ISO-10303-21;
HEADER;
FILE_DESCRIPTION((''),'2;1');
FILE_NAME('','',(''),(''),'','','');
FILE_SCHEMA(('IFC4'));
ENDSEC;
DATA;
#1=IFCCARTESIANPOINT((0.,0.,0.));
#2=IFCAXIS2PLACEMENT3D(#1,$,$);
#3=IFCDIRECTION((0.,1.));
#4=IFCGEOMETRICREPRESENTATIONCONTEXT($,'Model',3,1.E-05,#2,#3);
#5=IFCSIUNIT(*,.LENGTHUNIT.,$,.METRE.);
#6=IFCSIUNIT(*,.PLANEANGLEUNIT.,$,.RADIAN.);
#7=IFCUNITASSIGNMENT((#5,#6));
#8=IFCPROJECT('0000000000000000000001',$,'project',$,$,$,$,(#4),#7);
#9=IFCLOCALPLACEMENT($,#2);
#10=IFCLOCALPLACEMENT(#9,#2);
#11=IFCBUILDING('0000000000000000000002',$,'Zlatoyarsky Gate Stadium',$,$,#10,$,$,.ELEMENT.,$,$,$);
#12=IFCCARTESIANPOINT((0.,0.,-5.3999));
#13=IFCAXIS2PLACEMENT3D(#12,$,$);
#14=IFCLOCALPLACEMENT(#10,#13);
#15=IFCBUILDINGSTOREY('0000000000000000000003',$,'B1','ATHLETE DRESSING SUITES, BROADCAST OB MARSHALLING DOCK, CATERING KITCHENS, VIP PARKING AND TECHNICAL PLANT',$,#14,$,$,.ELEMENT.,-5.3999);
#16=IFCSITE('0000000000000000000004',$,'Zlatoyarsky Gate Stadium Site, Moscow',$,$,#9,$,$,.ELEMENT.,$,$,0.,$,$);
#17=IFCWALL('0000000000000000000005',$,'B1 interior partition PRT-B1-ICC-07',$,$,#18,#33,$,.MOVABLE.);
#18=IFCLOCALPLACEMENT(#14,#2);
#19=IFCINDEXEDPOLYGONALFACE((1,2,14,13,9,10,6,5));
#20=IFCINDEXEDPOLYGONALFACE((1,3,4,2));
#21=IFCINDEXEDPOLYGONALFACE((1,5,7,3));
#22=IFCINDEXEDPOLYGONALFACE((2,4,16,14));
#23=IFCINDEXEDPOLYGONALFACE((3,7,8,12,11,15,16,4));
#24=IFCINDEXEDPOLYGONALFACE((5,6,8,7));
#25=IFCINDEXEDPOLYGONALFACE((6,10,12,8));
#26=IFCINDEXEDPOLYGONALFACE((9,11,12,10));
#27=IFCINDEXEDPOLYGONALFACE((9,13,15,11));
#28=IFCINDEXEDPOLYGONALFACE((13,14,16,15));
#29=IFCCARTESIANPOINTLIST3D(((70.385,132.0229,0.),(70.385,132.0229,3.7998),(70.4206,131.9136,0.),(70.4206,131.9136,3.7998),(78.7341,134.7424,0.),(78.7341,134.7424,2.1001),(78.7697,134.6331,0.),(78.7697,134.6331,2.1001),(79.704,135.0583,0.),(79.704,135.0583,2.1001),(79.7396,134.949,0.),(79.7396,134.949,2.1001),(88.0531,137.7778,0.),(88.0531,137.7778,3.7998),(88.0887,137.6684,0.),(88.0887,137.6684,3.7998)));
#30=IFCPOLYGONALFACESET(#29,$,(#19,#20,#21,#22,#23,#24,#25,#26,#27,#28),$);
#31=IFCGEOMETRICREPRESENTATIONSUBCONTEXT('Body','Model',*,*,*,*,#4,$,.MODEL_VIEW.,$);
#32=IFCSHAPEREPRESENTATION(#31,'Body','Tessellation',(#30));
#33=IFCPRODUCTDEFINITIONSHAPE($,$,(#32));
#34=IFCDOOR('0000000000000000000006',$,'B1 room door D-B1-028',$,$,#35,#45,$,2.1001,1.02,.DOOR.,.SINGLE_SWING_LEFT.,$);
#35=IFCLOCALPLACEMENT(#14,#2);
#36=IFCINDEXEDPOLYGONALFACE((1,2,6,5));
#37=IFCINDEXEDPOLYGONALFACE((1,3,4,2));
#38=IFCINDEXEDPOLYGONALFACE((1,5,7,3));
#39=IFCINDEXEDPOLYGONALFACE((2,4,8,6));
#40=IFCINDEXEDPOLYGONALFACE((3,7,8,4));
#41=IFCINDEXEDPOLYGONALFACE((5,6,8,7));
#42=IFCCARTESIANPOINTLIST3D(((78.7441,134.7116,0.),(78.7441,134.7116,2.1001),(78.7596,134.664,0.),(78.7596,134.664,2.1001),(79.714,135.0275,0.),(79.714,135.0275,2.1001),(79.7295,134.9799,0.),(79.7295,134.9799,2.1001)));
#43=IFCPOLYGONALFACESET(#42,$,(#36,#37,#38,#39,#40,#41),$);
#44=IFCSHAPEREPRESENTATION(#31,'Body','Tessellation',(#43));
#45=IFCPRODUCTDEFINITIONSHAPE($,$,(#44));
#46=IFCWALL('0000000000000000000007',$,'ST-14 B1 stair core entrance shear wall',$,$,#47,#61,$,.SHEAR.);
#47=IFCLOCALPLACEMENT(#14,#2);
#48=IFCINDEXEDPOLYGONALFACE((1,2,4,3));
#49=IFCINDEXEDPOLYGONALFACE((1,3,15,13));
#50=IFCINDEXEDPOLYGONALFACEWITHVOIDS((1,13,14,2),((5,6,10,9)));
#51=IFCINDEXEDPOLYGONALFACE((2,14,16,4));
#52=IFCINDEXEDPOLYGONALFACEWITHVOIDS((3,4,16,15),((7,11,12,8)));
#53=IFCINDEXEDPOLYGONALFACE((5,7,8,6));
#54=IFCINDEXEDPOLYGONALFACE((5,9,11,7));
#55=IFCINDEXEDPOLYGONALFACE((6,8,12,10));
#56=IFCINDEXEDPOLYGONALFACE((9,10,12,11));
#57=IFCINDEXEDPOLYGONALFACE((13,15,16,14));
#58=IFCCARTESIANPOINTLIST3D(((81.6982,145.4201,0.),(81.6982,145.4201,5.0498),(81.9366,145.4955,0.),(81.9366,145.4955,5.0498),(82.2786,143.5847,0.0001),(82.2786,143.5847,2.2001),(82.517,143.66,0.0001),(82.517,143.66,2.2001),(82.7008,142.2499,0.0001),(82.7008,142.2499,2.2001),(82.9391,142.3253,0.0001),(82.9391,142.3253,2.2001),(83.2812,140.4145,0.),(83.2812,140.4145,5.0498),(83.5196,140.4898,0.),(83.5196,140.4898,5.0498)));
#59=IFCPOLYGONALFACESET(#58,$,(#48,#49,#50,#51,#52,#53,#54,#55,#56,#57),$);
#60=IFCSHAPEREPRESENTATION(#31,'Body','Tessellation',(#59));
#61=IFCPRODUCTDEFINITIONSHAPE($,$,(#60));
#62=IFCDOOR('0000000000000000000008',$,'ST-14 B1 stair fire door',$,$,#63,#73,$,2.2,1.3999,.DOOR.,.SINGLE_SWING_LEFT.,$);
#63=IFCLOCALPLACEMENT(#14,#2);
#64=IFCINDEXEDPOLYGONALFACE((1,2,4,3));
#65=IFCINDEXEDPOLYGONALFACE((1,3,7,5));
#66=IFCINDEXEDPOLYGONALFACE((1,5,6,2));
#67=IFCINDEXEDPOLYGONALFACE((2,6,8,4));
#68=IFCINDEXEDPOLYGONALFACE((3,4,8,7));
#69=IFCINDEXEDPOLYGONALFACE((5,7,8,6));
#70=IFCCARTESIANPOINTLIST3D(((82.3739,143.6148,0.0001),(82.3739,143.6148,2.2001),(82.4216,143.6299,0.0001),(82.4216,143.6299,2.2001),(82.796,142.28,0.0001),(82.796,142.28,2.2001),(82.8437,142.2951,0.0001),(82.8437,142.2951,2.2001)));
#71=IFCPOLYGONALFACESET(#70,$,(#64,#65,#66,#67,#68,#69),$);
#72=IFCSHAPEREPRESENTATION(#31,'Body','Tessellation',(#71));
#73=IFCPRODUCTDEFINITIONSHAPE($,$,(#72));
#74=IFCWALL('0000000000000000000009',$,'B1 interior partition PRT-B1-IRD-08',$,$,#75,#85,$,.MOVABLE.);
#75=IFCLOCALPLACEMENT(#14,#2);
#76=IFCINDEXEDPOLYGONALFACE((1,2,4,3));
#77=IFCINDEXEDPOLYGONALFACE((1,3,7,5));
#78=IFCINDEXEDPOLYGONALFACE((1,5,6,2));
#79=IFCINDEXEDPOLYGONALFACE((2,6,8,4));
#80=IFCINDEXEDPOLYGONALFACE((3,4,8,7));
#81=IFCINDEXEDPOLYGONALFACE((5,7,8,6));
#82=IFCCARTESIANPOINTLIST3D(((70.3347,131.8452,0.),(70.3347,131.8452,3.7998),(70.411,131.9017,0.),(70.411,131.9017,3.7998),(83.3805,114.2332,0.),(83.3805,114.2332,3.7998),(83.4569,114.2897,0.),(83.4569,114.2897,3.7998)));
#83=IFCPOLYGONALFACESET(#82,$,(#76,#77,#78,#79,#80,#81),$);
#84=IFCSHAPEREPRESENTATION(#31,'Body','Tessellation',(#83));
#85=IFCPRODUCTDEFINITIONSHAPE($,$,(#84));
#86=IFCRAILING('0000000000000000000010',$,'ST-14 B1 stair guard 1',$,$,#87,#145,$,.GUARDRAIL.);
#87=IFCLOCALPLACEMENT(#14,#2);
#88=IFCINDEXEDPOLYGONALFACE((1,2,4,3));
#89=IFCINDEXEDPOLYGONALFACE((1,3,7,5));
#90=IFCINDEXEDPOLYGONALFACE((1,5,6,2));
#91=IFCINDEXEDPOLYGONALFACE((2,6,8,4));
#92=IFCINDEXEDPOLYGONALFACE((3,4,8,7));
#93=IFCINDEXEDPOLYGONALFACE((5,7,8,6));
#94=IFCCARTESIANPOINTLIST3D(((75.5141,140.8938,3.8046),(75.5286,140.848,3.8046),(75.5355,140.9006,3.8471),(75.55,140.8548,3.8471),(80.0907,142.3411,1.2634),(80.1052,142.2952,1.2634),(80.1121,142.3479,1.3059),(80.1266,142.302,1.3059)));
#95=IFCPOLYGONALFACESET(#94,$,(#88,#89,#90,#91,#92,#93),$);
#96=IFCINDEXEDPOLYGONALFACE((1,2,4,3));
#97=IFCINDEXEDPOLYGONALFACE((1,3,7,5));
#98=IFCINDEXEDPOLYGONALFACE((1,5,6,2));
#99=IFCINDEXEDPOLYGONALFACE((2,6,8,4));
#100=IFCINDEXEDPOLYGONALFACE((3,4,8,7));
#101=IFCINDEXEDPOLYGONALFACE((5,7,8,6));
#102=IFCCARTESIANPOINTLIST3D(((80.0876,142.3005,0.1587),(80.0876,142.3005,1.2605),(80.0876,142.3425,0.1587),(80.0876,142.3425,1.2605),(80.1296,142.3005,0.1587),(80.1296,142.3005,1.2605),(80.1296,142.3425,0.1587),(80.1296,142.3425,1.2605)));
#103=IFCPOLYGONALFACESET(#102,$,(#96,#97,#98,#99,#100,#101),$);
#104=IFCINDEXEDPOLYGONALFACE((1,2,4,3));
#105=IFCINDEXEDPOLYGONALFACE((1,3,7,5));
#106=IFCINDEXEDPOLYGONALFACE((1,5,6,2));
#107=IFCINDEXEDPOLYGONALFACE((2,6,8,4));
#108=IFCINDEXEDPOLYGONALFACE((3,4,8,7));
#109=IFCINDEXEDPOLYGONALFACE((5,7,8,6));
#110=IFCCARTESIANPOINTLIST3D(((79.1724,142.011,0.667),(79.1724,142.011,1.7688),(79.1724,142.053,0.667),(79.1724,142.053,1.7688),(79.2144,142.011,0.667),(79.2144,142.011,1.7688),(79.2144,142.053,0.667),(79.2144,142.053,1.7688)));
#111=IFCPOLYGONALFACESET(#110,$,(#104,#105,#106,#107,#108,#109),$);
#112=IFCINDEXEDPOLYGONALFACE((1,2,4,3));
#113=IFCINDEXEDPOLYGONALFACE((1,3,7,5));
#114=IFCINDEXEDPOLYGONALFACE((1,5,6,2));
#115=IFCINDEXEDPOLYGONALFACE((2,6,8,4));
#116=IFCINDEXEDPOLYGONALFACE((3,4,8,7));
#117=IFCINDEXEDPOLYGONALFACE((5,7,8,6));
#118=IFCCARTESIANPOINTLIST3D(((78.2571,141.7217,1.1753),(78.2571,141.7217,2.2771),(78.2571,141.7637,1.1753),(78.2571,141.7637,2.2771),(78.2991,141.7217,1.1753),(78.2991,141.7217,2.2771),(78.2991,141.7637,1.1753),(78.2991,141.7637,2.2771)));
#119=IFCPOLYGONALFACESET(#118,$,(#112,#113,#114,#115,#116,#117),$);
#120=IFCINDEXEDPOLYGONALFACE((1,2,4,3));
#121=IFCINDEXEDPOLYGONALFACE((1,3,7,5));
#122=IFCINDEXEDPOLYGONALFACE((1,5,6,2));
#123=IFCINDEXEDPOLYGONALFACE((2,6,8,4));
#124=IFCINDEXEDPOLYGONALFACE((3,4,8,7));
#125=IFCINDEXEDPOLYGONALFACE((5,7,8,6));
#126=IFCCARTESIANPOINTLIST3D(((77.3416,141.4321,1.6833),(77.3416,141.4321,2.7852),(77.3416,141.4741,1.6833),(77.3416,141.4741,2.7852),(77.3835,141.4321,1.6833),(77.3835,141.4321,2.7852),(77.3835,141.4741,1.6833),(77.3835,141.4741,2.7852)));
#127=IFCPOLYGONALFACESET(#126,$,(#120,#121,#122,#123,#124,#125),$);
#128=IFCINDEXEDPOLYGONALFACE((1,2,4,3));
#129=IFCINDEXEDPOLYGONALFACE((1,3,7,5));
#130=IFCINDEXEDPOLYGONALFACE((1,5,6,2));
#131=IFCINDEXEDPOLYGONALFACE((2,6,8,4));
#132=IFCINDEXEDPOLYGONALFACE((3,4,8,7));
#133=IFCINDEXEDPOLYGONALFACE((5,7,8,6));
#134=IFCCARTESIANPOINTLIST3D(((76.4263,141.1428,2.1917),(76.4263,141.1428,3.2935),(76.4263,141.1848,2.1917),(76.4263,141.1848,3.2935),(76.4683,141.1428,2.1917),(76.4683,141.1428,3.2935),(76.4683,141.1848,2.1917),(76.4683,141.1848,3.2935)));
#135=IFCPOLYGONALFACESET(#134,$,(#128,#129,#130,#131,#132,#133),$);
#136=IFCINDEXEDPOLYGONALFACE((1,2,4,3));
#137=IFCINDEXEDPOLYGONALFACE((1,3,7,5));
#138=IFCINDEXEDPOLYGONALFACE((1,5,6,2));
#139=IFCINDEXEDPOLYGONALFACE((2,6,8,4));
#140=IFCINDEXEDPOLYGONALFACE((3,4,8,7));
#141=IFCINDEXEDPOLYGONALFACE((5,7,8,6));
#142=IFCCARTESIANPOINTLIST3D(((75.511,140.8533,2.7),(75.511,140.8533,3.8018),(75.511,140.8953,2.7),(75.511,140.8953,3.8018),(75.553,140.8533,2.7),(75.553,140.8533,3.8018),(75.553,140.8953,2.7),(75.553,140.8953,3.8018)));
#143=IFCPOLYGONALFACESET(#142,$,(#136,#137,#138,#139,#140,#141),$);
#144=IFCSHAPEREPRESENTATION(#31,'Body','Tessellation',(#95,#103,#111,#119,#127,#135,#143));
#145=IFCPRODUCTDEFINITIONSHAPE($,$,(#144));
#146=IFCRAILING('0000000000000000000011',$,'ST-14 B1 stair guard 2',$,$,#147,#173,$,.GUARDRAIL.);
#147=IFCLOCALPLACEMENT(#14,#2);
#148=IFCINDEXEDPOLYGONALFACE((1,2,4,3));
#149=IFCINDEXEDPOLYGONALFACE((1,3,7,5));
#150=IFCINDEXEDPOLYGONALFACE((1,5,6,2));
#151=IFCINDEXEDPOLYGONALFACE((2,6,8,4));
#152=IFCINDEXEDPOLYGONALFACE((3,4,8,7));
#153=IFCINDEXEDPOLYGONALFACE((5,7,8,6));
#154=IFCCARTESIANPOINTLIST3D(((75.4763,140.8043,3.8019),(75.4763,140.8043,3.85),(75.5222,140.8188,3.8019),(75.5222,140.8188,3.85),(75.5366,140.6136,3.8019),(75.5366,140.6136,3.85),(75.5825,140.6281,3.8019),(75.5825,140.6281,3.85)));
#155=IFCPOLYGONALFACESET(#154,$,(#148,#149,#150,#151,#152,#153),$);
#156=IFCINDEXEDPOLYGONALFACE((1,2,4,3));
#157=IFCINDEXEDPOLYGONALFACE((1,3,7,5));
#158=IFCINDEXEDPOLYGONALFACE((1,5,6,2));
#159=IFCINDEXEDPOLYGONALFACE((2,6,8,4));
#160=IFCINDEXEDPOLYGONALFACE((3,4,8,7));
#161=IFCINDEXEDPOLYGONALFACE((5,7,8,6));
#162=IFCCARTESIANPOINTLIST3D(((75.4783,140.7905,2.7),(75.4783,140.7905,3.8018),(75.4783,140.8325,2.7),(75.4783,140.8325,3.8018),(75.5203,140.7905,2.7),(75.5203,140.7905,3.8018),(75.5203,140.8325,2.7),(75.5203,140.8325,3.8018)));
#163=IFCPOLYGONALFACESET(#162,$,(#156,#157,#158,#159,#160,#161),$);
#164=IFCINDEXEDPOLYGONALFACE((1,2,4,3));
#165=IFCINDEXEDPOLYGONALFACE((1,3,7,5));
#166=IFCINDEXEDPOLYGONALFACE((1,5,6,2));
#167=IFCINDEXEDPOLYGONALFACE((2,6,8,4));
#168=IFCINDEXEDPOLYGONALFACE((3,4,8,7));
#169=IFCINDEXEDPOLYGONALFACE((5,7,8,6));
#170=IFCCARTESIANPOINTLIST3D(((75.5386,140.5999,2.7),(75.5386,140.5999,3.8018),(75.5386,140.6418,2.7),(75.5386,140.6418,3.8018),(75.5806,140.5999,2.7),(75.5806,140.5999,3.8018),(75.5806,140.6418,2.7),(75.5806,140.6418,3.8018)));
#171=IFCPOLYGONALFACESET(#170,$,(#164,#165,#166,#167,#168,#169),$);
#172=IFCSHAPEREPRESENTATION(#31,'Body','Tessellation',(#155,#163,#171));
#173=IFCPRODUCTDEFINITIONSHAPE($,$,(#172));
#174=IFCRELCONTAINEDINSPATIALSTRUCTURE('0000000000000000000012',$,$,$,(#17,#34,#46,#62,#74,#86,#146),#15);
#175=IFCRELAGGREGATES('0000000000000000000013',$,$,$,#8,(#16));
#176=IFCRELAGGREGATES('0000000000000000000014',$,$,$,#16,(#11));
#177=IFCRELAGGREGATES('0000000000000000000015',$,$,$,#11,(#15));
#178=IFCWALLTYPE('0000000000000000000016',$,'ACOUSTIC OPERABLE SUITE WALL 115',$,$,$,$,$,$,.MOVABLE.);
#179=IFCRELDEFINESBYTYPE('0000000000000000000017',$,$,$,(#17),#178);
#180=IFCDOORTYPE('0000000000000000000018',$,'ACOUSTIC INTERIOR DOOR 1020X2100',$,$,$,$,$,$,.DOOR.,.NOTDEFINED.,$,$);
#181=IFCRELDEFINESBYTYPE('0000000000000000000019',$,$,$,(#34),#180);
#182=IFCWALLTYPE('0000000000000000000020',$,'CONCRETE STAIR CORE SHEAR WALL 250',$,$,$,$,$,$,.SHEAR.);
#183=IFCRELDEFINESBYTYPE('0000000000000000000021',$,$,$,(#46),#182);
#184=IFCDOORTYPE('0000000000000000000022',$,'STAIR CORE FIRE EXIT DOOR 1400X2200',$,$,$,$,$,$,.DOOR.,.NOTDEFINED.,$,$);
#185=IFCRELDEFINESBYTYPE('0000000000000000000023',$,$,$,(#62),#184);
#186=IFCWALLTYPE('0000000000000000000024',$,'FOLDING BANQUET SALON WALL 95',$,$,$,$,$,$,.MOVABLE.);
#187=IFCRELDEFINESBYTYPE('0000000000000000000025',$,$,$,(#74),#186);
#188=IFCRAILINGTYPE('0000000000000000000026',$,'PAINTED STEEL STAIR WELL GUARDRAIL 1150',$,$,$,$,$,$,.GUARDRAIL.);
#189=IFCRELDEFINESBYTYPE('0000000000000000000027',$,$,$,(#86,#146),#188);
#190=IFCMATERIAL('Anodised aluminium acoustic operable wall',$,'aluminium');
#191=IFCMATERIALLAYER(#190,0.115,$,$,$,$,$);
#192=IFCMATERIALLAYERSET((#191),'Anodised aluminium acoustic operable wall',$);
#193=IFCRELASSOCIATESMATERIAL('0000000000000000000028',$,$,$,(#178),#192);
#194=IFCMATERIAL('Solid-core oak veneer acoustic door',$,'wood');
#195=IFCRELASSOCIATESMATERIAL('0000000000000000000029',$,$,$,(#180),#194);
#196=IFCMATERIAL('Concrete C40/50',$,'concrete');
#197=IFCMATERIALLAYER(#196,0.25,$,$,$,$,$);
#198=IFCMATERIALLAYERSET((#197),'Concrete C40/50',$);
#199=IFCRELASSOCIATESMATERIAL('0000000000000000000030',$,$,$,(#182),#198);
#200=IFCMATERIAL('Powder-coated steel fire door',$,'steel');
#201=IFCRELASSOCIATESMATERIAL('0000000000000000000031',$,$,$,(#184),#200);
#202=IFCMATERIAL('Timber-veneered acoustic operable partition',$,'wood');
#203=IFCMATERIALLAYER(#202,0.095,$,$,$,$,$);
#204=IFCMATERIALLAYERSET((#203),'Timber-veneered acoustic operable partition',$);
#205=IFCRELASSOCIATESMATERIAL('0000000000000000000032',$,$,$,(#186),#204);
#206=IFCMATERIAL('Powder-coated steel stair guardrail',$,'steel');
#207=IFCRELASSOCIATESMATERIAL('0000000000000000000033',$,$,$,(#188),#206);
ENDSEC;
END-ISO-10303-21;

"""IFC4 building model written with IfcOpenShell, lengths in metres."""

from ifc_helpers import new_model, si_unit, direction, frame, frame_2d, origin, origin_2d, place, context, subcontext, project, spatial, rectangle, extrude, material, layer, layer_set, type_object, element, fill, save


model = new_model("IFC4")

# Units and contexts
model_context = context("Model", 3, precision=1e-05, world=origin(), true_north=direction((0.0, 1.0)))
body_context = subcontext(model_context, "Body", "Model", "MODEL_VIEW")
ifc_project = project(units=[si_unit("LENGTHUNIT", "METRE"), si_unit("PLANEANGLEUNIT", "RADIAN")], contexts=[model_context])

# Site, building, storey
site_placement = place(None, origin())
site = spatial("IfcSite", under=ifc_project, at=site_placement, Name="Zlatoyarsky Gate Stadium Site, Moscow", CompositionType="ELEMENT", RefElevation=0.0)
building_placement = place(site_placement, origin())
building = spatial("IfcBuilding", under=site, at=building_placement, Name="Zlatoyarsky Gate Stadium", CompositionType="ELEMENT")
storey_placement = place(building_placement, frame((0.0, 0.0, -5.3999)))
storey = spatial("IfcBuildingStorey", under=building, at=storey_placement, Name="B1", Description="ATHLETE DRESSING SUITES, BROADCAST OB MARSHALLING DOCK, CATERING KITCHENS, VIP PARKING AND TECHNICAL PLANT", CompositionType="ELEMENT", Elevation=-5.3999)

# Shared definitions
ifc_material_1 = material(Name="Concrete C40/50", Category="concrete")

# Walls, openings, doors
ifc_material_2 = material(Name="Anodised aluminium acoustic operable wall", Category="aluminium")
ifc_layer_1 = layer(ifc_material_2, 0.115)
ifc_layer_set_1 = layer_set([ifc_layer_1], Name="Anodised aluminium acoustic operable wall")
wall_type_1 = type_object("IfcWallType", Name="ACOUSTIC OPERABLE SUITE WALL 115", PredefinedType="MOVABLE", material=ifc_layer_set_1)
wall_1_placement = place(storey_placement, frame((88.071, 137.7231, 0.0), z_axis=(0.0, 0.0, 1.0), x_axis=(-0.950833, -0.309705, 0.0)))
wall_1 = element("IfcWall", 1, at=wall_1_placement, inside=storey, type_object=wall_type_1, Name="B1 interior partition PRT-B1-ICC-07", PredefinedType="MOVABLE", context=body_context, shape_type="SweptSolid", body=[
    extrude(rectangle(XDim=18.5818, YDim=0.115, at=frame_2d((9.291, 0.0))), origin(), (0.0, 0.0, 1.0), 3.7998),
])
opening_1_placement = place(wall_1_placement, frame((8.781, 0.0, 0.0)))
opening_1 = element("IfcOpeningElement", 2, at=opening_1_placement, cuts=wall_1, PredefinedType="OPENING", context=body_context, shape_type="SweptSolid", body=[
    extrude(rectangle(XDim=1.02, YDim=2.1001, at=frame_2d((0.51, 1.05))), frame((0.0, 0.0674, 0.0), z_axis=(0.0, -1.0, 0.0), x_axis=(1.0, 0.0, 0.0)), (0.0, 0.0, 1.0), 0.135),
])
ifc_material_3 = material(Name="Solid-core oak veneer acoustic door", Category="wood")
door_type_1 = type_object("IfcDoorType", Name="ACOUSTIC INTERIOR DOOR 1020X2100", OperationType="NOTDEFINED", PredefinedType="DOOR", material=ifc_material_3)
door_1_placement = place(opening_1_placement, origin())
door_1 = element("IfcDoor", 3, at=door_1_placement, inside=storey, type_object=door_type_1, Name="B1 room door D-B1-028", OperationType="SINGLE_SWING_LEFT", OverallHeight=2.1001, OverallWidth=1.02, PredefinedType="DOOR", context=body_context, shape_type="SweptSolid", body=[
    extrude(rectangle(XDim=1.02, YDim=2.1001, at=frame_2d((0.51, 1.05))), frame((0.0, 0.0249, 0.0), z_axis=(0.0, -1.0, 0.0), x_axis=(1.0, 0.0, 0.0)), (0.0, 0.0, 1.0), 0.05),
])
fill(opening_1, door_1)
ifc_layer_2 = layer(ifc_material_1, 0.25)
ifc_layer_set_2 = layer_set([ifc_layer_2], Name="Concrete C40/50")
wall_type_2 = type_object("IfcWallType", Name="CONCRETE STAIR CORE SHEAR WALL 250", PredefinedType="SHEAR", material=ifc_layer_set_2)
wall_2_placement = place(storey_placement, frame((83.4004, 140.4521, 0.0), z_axis=(0.0, 0.0, 1.0), x_axis=(-0.301527, 0.953457, 0.0)))
wall_2 = element("IfcWall", 4, at=wall_2_placement, inside=storey, type_object=wall_type_2, Name="ST-14 B1 stair core entrance shear wall", PredefinedType="SHEAR", context=body_context, shape_type="SweptSolid", body=[
    extrude(rectangle(XDim=5.25, YDim=0.25, at=frame_2d((2.625, 0.0))), origin(), (0.0, 0.0, 1.0), 5.0498),
])
opening_2_placement = place(wall_2_placement, frame((1.925, 0.0, 0.0)))
opening_2 = element("IfcOpeningElement", 5, at=opening_2_placement, cuts=wall_2, PredefinedType="OPENING", context=body_context, shape_type="SweptSolid", body=[
    extrude(rectangle(XDim=1.3999, YDim=2.2, at=frame_2d((0.7, 1.1001))), frame((0.0, 0.135, 0.0), z_axis=(0.0, -1.0, 0.0), x_axis=(1.0, 0.0, 0.0)), (0.0, 0.0, 1.0), 0.27),
])
ifc_material_4 = material(Name="Powder-coated steel fire door", Category="steel")
door_type_2 = type_object("IfcDoorType", Name="STAIR CORE FIRE EXIT DOOR 1400X2200", OperationType="NOTDEFINED", PredefinedType="DOOR", material=ifc_material_4)
door_2_placement = place(opening_2_placement, frame((1.3999, 0.0, 0.0), z_axis=(0.0, 0.0, 1.0), x_axis=(-1.0, 0.0, 0.0)))
door_2 = element("IfcDoor", 6, at=door_2_placement, inside=storey, type_object=door_type_2, Name="ST-14 B1 stair fire door", OperationType="SINGLE_SWING_LEFT", OverallHeight=2.2, OverallWidth=1.3999, PredefinedType="DOOR", context=body_context, shape_type="SweptSolid", body=[
    extrude(rectangle(XDim=1.3999, YDim=2.2, at=frame_2d((0.7, 1.1001))), frame((0.0, 0.0249, 0.0), z_axis=(0.0, -1.0, 0.0), x_axis=(1.0, 0.0, 0.0)), (0.0, 0.0, 1.0), 0.05),
])
fill(opening_2, door_2)

# Wall
ifc_material_5 = material(Name="Timber-veneered acoustic operable partition", Category="wood")
ifc_layer_3 = layer(ifc_material_5, 0.095)
ifc_layer_set_3 = layer_set([ifc_layer_3], Name="Timber-veneered acoustic operable partition")
wall_type_3 = type_object("IfcWallType", Name="FOLDING BANQUET SALON WALL 95", PredefinedType="MOVABLE", material=ifc_layer_set_3)
wall_3_placement = place(storey_placement, frame((83.4187, 114.2615, 0.0), z_axis=(0.0, 0.0, 1.0), x_axis=(-0.595225, 0.803559, 0.0)))
element("IfcWall", 7, at=wall_3_placement, inside=storey, type_object=wall_type_3, Name="B1 interior partition PRT-B1-IRD-08", PredefinedType="MOVABLE", context=body_context, shape_type="SweptSolid", body=[
    extrude(rectangle(XDim=21.9175, YDim=0.095, at=frame_2d((10.9587, 0.0))), origin(), (0.0, 0.0, 1.0), 3.7998),
])

# Railings
ifc_material_6 = material(Name="Powder-coated steel stair guardrail", Category="steel")
railing_type_1 = type_object("IfcRailingType", Name="PAINTED STEEL STAIR WELL GUARDRAIL 1150", PredefinedType="GUARDRAIL", material=ifc_material_6)
railing_1_placement = place(storey_placement, frame((80.1086, 142.3215, 0.1587)))
element("IfcRailing", 8, at=railing_1_placement, inside=storey, type_object=railing_type_1, Name="ST-14 B1 stair guard 1", PredefinedType="GUARDRAIL", context=body_context, shape_type="SweptSolid", body=[
    extrude(rectangle(XDim=0.0481, YDim=0.0481, at=origin_2d()), frame((0.0, 0.0, 1.126), z_axis=(-0.842654, -0.26647, 0.467897), x_axis=(0.301511, -0.953463, 0.0)), (0.0, 0.0, 1.0), 5.4312),
    extrude(rectangle(XDim=0.042, YDim=0.042, at=origin_2d()), origin(), (0.0, 0.0, 1.0), 1.1018),
    extrude(rectangle(XDim=0.042, YDim=0.042, at=origin_2d()), frame((-0.9153, -0.2896, 0.5083)), (0.0, 0.0, 1.0), 1.1018),
    extrude(rectangle(XDim=0.042, YDim=0.042, at=origin_2d()), frame((-1.8306, -0.5789, 1.0166)), (0.0, 0.0, 1.0), 1.1018),
    extrude(rectangle(XDim=0.042, YDim=0.042, at=origin_2d()), frame((-2.7461, -0.8684, 1.5247)), (0.0, 0.0, 1.0), 1.1018),
    extrude(rectangle(XDim=0.042, YDim=0.042, at=origin_2d()), frame((-3.6614, -1.1577, 2.033)), (0.0, 0.0, 1.0), 1.1018),
    extrude(rectangle(XDim=0.042, YDim=0.042, at=origin_2d()), frame((-4.5767, -1.4473, 2.5413)), (0.0, 0.0, 1.0), 1.1018),
])
railing_2_placement = place(storey_placement, frame((75.4993, 140.8115, 2.7)))
element("IfcRailing", 9, at=railing_2_placement, inside=storey, type_object=railing_type_1, Name="ST-14 B1 stair guard 2", PredefinedType="GUARDRAIL", context=body_context, shape_type="SweptSolid", body=[
    extrude(rectangle(XDim=0.0481, YDim=0.0481, at=origin_2d()), frame((0.0, 0.0, 1.126), z_axis=(0.30154, -0.953453, 0.0), x_axis=(0.953453, 0.30154, 0.0)), (0.0, 0.0, 1.0), 0.2),
    extrude(rectangle(XDim=0.042, YDim=0.042, at=origin_2d()), origin(), (0.0, 0.0, 1.0), 1.1018),
    extrude(rectangle(XDim=0.042, YDim=0.042, at=origin_2d()), frame((0.0603, -0.1907, 0.0)), (0.0, 0.0, 1.0), 1.1018),
])

save(model, "model.ifc")
